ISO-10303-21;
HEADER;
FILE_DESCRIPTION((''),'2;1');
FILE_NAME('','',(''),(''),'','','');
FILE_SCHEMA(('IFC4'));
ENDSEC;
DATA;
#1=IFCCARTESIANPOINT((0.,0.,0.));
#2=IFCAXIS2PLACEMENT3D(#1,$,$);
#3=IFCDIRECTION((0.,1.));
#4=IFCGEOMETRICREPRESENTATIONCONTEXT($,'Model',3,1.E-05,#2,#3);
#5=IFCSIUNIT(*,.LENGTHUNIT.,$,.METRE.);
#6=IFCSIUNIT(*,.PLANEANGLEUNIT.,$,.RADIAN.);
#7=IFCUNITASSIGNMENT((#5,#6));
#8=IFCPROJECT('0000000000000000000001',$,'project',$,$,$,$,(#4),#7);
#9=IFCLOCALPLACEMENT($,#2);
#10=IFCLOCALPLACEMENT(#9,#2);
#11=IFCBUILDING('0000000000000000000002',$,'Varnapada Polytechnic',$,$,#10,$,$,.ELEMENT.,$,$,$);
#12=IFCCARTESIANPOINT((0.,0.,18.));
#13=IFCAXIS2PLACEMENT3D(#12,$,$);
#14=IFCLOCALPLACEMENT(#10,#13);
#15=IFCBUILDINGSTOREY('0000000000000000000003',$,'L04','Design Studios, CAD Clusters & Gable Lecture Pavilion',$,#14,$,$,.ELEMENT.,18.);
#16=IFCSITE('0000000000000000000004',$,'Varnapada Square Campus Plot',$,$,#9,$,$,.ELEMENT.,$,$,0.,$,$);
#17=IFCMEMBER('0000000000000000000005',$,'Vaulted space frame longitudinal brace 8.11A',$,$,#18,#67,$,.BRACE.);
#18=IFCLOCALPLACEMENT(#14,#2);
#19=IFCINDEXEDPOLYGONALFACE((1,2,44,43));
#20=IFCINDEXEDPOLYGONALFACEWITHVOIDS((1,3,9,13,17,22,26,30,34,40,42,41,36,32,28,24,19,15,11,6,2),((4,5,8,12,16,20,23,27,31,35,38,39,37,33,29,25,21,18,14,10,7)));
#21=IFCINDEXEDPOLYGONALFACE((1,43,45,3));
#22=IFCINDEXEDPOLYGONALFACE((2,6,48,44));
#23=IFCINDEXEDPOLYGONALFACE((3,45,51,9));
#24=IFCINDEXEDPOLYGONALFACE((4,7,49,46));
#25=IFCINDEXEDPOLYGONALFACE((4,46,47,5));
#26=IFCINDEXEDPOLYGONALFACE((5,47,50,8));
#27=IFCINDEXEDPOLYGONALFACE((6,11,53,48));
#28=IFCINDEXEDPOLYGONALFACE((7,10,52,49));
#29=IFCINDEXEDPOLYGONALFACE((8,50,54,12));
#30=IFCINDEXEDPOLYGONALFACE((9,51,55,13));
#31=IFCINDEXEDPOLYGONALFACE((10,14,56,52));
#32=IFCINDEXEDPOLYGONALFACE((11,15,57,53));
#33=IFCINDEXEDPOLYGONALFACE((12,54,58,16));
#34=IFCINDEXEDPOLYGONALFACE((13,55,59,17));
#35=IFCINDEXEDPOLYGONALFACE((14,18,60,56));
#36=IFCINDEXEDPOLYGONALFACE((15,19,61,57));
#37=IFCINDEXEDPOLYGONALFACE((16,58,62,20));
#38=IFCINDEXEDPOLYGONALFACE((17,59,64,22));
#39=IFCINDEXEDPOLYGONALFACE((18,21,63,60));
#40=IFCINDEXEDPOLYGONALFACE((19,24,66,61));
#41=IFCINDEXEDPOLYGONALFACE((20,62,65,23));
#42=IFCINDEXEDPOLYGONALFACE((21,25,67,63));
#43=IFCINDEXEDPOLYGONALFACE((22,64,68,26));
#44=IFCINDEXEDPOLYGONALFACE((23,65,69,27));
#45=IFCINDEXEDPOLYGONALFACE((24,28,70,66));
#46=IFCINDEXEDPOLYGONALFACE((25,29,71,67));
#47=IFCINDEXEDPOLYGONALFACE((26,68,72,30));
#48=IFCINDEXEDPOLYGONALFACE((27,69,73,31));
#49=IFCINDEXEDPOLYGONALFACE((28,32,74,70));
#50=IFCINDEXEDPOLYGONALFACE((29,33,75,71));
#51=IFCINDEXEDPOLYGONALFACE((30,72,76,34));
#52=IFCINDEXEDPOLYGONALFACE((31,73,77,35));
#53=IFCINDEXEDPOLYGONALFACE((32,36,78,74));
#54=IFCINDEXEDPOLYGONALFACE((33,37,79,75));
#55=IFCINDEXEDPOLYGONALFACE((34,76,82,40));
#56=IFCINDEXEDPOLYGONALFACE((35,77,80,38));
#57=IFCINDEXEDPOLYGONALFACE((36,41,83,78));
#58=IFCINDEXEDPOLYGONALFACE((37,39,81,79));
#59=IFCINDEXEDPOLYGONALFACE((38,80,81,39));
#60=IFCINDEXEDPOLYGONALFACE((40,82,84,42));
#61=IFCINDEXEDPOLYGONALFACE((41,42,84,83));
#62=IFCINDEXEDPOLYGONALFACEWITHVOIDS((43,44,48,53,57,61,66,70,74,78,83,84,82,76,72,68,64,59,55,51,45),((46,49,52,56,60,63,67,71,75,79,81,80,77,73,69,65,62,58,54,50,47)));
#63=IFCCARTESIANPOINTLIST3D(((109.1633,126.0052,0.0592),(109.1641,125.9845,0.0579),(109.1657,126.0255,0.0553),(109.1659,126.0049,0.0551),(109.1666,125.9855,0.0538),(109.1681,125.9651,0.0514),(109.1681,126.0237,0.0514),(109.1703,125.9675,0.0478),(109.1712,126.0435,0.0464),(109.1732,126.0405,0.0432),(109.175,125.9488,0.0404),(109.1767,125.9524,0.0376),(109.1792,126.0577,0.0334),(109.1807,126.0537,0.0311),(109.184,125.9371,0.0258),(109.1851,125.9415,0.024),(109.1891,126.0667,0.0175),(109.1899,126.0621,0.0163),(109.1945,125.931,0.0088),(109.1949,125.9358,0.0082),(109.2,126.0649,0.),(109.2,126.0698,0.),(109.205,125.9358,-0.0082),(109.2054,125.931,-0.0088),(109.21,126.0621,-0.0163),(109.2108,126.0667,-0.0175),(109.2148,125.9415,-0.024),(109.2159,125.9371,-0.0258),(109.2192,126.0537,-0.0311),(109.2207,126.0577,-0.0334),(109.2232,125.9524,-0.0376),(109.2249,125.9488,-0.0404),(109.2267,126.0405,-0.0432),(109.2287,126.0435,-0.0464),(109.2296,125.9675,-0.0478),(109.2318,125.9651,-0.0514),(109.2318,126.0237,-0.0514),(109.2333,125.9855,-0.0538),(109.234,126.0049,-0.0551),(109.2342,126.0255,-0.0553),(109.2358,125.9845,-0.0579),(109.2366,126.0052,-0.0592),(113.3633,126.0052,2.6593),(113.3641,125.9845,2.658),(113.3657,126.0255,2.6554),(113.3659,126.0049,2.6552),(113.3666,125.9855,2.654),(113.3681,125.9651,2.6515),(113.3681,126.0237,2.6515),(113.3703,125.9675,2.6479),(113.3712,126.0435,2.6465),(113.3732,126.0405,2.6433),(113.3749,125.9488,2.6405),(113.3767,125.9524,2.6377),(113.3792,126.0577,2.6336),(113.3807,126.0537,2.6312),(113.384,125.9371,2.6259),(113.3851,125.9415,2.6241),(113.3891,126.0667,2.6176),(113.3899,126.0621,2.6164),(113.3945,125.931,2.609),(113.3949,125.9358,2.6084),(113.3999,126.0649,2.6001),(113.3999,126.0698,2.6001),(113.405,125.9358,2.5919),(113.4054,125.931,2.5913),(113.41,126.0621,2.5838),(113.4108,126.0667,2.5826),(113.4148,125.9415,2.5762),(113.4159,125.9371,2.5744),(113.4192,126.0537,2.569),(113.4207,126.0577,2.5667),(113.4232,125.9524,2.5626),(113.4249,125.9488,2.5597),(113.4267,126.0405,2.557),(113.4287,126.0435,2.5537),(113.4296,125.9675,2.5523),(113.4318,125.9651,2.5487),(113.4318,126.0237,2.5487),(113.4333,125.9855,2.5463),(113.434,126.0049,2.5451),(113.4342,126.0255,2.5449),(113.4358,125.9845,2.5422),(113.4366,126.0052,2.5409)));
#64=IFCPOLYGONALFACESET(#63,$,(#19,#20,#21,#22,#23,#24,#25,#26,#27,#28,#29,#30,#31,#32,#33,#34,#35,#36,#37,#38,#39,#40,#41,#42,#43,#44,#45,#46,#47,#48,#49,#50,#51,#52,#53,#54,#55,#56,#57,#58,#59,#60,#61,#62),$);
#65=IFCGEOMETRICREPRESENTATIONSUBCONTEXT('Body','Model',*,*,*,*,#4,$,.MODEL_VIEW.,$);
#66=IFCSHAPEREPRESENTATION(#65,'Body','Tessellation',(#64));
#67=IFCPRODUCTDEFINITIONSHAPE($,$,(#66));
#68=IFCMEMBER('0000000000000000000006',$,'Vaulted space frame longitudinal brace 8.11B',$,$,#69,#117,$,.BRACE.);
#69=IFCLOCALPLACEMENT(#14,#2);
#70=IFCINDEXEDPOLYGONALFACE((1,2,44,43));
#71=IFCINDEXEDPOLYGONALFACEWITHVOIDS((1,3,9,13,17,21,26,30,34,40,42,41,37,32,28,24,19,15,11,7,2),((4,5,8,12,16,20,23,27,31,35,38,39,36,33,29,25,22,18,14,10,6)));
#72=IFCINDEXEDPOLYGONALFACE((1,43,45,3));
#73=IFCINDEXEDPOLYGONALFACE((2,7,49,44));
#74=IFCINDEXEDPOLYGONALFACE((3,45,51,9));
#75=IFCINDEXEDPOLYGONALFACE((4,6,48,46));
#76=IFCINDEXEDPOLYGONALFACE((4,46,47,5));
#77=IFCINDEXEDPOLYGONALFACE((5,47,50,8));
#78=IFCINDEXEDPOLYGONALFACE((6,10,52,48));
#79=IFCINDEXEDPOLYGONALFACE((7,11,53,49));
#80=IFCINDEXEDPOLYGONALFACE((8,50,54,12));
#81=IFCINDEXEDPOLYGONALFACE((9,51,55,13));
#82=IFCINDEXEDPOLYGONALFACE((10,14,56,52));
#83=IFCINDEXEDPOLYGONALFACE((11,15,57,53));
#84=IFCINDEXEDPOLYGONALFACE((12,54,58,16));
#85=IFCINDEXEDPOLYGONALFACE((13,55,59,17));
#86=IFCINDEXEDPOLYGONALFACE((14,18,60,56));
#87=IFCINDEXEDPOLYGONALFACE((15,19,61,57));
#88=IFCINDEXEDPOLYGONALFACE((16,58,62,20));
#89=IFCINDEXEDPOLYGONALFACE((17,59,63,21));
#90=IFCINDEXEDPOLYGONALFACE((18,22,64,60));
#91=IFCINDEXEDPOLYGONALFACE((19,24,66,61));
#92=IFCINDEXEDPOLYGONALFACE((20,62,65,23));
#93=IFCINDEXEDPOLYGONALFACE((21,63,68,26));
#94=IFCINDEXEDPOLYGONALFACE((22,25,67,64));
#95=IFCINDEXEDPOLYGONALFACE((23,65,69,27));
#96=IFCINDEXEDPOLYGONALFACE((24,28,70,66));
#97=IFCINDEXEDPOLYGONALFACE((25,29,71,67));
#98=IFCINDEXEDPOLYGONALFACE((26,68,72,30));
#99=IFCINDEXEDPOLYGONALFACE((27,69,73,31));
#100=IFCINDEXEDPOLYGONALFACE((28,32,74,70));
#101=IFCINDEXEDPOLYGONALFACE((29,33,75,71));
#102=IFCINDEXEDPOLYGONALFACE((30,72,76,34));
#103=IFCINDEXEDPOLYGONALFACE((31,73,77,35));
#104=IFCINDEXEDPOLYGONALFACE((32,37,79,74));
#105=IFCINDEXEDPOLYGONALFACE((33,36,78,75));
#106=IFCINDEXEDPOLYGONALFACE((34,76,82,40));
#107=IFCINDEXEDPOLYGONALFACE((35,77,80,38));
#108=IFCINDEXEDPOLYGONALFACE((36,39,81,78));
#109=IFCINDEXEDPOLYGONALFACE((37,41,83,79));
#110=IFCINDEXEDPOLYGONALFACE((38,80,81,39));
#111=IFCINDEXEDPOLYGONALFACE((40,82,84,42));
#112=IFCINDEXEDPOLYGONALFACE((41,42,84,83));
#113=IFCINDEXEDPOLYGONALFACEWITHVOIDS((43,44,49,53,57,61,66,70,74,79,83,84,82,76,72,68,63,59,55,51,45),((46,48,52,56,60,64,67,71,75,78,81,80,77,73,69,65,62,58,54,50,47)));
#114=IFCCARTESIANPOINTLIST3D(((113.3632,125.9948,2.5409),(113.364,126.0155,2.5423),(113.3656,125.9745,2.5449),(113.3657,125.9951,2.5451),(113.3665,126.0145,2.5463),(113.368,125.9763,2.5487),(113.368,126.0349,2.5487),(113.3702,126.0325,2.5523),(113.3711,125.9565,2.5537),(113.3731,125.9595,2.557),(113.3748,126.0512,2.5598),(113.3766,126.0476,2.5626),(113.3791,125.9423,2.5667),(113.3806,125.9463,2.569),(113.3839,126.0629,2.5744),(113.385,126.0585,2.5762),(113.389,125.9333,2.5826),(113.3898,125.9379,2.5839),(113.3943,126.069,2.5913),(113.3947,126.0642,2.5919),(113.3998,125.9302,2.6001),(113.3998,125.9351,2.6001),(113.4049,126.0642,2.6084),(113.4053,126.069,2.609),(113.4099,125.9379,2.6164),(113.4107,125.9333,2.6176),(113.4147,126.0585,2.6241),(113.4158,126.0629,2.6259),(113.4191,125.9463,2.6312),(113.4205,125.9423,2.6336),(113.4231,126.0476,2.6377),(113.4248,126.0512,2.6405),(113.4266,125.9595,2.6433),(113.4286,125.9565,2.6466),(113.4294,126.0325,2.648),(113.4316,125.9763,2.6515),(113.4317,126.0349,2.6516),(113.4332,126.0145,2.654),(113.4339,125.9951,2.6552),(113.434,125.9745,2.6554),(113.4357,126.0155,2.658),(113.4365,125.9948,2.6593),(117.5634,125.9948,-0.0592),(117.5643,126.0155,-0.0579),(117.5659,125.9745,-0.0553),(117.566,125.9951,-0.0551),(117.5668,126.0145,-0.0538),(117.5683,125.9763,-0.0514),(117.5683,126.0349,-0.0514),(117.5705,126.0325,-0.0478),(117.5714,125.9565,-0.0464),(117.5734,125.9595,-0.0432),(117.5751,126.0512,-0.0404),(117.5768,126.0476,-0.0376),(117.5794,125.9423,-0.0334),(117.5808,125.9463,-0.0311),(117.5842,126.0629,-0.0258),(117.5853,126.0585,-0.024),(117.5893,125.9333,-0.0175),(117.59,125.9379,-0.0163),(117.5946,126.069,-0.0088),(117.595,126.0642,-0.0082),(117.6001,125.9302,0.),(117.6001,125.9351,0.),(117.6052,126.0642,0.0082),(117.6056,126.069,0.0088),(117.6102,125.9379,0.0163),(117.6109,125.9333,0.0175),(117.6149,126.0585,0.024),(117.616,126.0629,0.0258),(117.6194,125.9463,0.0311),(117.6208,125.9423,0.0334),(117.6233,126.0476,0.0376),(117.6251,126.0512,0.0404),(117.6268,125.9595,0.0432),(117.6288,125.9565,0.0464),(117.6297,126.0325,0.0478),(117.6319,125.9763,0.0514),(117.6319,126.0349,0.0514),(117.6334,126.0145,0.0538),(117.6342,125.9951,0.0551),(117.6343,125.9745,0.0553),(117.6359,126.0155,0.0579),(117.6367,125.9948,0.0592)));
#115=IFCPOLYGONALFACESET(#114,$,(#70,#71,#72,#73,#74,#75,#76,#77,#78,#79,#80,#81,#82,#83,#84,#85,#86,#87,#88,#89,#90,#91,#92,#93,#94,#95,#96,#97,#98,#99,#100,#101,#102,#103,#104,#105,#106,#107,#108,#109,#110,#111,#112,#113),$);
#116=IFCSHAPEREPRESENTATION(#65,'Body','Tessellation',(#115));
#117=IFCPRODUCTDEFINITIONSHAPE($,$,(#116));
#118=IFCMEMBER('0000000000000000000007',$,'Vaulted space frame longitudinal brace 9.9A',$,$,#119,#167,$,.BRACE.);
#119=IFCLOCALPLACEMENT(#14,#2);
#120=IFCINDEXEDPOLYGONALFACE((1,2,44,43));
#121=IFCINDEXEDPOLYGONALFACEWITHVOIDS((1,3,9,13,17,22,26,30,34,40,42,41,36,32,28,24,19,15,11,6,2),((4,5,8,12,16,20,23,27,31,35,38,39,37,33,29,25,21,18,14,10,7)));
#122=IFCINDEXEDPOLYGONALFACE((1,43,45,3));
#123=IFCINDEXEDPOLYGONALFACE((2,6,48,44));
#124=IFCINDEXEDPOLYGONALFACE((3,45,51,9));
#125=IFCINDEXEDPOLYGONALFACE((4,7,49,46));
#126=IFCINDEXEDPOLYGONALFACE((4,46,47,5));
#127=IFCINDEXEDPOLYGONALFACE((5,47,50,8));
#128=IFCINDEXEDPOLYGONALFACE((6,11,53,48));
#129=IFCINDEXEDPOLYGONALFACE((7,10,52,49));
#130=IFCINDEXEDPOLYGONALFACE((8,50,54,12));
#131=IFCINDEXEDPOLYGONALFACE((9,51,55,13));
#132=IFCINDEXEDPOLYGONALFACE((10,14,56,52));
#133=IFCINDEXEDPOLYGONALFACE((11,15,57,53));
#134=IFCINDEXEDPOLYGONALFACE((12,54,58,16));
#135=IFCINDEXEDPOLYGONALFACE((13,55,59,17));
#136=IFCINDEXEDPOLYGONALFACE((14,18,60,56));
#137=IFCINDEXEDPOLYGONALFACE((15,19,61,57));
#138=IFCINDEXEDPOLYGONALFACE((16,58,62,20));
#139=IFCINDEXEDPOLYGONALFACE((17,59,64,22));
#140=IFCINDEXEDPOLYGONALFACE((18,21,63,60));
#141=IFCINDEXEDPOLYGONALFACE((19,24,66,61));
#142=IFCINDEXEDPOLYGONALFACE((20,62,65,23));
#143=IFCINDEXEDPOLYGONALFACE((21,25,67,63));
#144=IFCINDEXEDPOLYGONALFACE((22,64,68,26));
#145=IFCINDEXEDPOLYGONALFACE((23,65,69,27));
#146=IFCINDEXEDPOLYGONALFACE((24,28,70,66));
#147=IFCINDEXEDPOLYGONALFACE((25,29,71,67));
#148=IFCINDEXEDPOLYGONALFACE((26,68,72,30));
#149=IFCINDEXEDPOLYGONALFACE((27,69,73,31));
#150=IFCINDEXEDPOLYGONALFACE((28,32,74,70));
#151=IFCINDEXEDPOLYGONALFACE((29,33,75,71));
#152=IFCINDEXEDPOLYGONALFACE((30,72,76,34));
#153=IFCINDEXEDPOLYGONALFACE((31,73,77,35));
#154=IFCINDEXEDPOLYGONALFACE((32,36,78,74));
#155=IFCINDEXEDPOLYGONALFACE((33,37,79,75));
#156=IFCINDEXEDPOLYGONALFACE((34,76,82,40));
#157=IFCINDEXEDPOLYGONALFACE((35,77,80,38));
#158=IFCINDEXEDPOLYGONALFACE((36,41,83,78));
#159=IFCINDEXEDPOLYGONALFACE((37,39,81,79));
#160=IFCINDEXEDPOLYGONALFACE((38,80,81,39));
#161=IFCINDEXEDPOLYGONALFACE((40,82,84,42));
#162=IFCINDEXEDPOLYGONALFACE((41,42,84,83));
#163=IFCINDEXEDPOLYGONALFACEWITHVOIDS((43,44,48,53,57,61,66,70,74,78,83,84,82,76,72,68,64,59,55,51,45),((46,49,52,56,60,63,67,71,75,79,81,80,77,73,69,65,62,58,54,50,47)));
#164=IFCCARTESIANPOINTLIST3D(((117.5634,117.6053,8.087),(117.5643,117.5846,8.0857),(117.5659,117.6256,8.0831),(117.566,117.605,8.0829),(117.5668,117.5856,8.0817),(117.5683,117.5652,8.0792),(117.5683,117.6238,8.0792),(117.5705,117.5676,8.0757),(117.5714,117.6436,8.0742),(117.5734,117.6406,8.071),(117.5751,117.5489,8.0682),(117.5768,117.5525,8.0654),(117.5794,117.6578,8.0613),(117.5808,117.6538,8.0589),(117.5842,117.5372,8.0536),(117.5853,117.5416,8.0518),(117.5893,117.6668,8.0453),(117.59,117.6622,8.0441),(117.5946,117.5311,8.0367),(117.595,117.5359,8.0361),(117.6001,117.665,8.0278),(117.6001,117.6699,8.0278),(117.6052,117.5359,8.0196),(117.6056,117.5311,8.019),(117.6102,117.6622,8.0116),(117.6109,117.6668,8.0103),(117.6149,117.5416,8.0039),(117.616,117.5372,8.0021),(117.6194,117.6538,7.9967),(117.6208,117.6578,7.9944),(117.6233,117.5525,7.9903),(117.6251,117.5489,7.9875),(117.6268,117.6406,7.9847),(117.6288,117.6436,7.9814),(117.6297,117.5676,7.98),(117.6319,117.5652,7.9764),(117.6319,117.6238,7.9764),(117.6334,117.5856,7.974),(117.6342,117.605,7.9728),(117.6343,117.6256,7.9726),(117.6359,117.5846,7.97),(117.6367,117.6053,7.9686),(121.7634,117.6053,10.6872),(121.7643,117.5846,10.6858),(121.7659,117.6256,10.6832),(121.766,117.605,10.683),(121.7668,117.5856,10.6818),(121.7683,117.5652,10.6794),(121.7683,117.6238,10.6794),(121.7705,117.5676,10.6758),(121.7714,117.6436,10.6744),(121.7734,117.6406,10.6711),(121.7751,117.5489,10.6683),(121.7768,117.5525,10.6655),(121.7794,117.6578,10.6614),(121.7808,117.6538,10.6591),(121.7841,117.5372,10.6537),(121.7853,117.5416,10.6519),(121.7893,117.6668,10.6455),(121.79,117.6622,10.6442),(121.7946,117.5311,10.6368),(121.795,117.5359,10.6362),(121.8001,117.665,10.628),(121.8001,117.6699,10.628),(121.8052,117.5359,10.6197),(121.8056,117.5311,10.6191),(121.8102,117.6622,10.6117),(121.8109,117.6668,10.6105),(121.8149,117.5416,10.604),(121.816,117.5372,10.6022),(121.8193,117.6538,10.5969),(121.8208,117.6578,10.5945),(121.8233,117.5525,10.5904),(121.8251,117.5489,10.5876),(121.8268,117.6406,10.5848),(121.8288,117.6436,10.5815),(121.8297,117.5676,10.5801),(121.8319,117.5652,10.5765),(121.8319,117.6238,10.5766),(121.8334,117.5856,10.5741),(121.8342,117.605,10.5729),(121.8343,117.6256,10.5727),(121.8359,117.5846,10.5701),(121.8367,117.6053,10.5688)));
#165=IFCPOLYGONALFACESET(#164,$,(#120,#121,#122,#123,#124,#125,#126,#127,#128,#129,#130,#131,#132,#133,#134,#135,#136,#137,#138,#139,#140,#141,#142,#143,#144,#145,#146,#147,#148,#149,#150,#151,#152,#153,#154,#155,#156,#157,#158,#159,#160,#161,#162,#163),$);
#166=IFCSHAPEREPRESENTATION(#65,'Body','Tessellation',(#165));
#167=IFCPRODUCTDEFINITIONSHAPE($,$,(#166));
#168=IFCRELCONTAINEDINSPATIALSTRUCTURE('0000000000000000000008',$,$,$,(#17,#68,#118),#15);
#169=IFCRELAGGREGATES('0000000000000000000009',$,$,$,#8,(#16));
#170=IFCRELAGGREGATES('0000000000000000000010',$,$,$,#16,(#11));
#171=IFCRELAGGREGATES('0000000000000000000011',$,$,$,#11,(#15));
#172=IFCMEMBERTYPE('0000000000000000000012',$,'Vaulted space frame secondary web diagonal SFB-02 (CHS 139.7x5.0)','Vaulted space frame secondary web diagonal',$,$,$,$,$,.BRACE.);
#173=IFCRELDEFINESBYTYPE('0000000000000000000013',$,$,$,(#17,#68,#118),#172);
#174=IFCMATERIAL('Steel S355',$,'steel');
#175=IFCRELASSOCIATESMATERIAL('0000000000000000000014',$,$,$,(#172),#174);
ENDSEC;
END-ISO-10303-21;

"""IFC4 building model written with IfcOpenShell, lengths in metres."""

from ifc_helpers import new_model, si_unit, direction, frame, origin, origin_2d, place, context, subcontext, project, spatial, hollow_circle, extrude, material, material_profile, profile_set, type_object, element, save


model = new_model("IFC4")

# Units and contexts
model_context = context("Model", 3, precision=1e-05, world=origin(), true_north=direction((0.0, 1.0)))
body_context = subcontext(model_context, "Body", "Model", "MODEL_VIEW")
ifc_project = project(units=[si_unit("LENGTHUNIT", "METRE"), si_unit("PLANEANGLEUNIT", "RADIAN")], contexts=[model_context])

# Site, building, storey
site_placement = place(None, origin())
site = spatial("IfcSite", under=ifc_project, at=site_placement, Name="Varnapada Square Campus Plot", CompositionType="ELEMENT", RefElevation=0.0)
building_placement = place(site_placement, origin())
building = spatial("IfcBuilding", under=site, at=building_placement, Name="Varnapada Polytechnic", CompositionType="ELEMENT")
storey_placement = place(building_placement, frame((0.0, 0.0, 18.0)))
storey = spatial("IfcBuildingStorey", under=building, at=storey_placement, Name="L04", Description="Design Studios, CAD Clusters & Gable Lecture Pavilion", CompositionType="ELEMENT", Elevation=18.0)

# Shared definitions
ifc_material = material(Name="Steel S355", Category="steel")

# Members
ifc_material_profile_1 = material_profile(ifc_material, hollow_circle(Radius=0.0698, WallThickness=0.0049, at=origin_2d()), Name="CHS 139.7x5.0")
ifc_profile_set_1 = profile_set([ifc_material_profile_1], Name="Steel S355")
member_type_1 = type_object("IfcMemberType", Name="Vaulted space frame secondary web diagonal SFB-02 (CHS 139.7x5.0)", Description="Vaulted space frame secondary web diagonal", PredefinedType="BRACE", material=ifc_profile_set_1)
member_1_placement = place(storey_placement, frame((109.2, 126.0, 0.0), z_axis=(0.850254, 0.0, 0.526373), x_axis=(0.0, 1.0, 0.0)))
element("IfcMember", 1, at=member_1_placement, inside=storey, type_object=member_type_1, Name="Vaulted space frame longitudinal brace 8.11A", PredefinedType="BRACE", context=body_context, shape_type="SweptSolid", body=[
    extrude(hollow_circle(Radius=0.0698, WallThickness=0.0049, at=origin_2d()), origin(), (0.0, 0.0, 1.0), 4.9397),
])
member_2_placement = place(storey_placement, frame((117.6001, 126.0, 0.0), z_axis=(-0.850267, 0.0, 0.526351), x_axis=(0.0, -1.0, 0.0)))
element("IfcMember", 2, at=member_2_placement, inside=storey, type_object=member_type_1, Name="Vaulted space frame longitudinal brace 8.11B", PredefinedType="BRACE", context=body_context, shape_type="SweptSolid", body=[
    extrude(hollow_circle(Radius=0.0698, WallThickness=0.0049, at=origin_2d()), origin(), (0.0, 0.0, 1.0), 4.9399),
])
member_3_placement = place(storey_placement, frame((117.6001, 117.6001, 8.0278), z_axis=(0.850254, 0.0, 0.526373), x_axis=(0.0, 1.0, 0.0)))
element("IfcMember", 3, at=member_3_placement, inside=storey, type_object=member_type_1, Name="Vaulted space frame longitudinal brace 9.9A", PredefinedType="BRACE", context=body_context, shape_type="SweptSolid", body=[
    extrude(hollow_circle(Radius=0.0698, WallThickness=0.0049, at=origin_2d()), origin(), (0.0, 0.0, 1.0), 4.9397),
])

save(model, "model.ifc")
